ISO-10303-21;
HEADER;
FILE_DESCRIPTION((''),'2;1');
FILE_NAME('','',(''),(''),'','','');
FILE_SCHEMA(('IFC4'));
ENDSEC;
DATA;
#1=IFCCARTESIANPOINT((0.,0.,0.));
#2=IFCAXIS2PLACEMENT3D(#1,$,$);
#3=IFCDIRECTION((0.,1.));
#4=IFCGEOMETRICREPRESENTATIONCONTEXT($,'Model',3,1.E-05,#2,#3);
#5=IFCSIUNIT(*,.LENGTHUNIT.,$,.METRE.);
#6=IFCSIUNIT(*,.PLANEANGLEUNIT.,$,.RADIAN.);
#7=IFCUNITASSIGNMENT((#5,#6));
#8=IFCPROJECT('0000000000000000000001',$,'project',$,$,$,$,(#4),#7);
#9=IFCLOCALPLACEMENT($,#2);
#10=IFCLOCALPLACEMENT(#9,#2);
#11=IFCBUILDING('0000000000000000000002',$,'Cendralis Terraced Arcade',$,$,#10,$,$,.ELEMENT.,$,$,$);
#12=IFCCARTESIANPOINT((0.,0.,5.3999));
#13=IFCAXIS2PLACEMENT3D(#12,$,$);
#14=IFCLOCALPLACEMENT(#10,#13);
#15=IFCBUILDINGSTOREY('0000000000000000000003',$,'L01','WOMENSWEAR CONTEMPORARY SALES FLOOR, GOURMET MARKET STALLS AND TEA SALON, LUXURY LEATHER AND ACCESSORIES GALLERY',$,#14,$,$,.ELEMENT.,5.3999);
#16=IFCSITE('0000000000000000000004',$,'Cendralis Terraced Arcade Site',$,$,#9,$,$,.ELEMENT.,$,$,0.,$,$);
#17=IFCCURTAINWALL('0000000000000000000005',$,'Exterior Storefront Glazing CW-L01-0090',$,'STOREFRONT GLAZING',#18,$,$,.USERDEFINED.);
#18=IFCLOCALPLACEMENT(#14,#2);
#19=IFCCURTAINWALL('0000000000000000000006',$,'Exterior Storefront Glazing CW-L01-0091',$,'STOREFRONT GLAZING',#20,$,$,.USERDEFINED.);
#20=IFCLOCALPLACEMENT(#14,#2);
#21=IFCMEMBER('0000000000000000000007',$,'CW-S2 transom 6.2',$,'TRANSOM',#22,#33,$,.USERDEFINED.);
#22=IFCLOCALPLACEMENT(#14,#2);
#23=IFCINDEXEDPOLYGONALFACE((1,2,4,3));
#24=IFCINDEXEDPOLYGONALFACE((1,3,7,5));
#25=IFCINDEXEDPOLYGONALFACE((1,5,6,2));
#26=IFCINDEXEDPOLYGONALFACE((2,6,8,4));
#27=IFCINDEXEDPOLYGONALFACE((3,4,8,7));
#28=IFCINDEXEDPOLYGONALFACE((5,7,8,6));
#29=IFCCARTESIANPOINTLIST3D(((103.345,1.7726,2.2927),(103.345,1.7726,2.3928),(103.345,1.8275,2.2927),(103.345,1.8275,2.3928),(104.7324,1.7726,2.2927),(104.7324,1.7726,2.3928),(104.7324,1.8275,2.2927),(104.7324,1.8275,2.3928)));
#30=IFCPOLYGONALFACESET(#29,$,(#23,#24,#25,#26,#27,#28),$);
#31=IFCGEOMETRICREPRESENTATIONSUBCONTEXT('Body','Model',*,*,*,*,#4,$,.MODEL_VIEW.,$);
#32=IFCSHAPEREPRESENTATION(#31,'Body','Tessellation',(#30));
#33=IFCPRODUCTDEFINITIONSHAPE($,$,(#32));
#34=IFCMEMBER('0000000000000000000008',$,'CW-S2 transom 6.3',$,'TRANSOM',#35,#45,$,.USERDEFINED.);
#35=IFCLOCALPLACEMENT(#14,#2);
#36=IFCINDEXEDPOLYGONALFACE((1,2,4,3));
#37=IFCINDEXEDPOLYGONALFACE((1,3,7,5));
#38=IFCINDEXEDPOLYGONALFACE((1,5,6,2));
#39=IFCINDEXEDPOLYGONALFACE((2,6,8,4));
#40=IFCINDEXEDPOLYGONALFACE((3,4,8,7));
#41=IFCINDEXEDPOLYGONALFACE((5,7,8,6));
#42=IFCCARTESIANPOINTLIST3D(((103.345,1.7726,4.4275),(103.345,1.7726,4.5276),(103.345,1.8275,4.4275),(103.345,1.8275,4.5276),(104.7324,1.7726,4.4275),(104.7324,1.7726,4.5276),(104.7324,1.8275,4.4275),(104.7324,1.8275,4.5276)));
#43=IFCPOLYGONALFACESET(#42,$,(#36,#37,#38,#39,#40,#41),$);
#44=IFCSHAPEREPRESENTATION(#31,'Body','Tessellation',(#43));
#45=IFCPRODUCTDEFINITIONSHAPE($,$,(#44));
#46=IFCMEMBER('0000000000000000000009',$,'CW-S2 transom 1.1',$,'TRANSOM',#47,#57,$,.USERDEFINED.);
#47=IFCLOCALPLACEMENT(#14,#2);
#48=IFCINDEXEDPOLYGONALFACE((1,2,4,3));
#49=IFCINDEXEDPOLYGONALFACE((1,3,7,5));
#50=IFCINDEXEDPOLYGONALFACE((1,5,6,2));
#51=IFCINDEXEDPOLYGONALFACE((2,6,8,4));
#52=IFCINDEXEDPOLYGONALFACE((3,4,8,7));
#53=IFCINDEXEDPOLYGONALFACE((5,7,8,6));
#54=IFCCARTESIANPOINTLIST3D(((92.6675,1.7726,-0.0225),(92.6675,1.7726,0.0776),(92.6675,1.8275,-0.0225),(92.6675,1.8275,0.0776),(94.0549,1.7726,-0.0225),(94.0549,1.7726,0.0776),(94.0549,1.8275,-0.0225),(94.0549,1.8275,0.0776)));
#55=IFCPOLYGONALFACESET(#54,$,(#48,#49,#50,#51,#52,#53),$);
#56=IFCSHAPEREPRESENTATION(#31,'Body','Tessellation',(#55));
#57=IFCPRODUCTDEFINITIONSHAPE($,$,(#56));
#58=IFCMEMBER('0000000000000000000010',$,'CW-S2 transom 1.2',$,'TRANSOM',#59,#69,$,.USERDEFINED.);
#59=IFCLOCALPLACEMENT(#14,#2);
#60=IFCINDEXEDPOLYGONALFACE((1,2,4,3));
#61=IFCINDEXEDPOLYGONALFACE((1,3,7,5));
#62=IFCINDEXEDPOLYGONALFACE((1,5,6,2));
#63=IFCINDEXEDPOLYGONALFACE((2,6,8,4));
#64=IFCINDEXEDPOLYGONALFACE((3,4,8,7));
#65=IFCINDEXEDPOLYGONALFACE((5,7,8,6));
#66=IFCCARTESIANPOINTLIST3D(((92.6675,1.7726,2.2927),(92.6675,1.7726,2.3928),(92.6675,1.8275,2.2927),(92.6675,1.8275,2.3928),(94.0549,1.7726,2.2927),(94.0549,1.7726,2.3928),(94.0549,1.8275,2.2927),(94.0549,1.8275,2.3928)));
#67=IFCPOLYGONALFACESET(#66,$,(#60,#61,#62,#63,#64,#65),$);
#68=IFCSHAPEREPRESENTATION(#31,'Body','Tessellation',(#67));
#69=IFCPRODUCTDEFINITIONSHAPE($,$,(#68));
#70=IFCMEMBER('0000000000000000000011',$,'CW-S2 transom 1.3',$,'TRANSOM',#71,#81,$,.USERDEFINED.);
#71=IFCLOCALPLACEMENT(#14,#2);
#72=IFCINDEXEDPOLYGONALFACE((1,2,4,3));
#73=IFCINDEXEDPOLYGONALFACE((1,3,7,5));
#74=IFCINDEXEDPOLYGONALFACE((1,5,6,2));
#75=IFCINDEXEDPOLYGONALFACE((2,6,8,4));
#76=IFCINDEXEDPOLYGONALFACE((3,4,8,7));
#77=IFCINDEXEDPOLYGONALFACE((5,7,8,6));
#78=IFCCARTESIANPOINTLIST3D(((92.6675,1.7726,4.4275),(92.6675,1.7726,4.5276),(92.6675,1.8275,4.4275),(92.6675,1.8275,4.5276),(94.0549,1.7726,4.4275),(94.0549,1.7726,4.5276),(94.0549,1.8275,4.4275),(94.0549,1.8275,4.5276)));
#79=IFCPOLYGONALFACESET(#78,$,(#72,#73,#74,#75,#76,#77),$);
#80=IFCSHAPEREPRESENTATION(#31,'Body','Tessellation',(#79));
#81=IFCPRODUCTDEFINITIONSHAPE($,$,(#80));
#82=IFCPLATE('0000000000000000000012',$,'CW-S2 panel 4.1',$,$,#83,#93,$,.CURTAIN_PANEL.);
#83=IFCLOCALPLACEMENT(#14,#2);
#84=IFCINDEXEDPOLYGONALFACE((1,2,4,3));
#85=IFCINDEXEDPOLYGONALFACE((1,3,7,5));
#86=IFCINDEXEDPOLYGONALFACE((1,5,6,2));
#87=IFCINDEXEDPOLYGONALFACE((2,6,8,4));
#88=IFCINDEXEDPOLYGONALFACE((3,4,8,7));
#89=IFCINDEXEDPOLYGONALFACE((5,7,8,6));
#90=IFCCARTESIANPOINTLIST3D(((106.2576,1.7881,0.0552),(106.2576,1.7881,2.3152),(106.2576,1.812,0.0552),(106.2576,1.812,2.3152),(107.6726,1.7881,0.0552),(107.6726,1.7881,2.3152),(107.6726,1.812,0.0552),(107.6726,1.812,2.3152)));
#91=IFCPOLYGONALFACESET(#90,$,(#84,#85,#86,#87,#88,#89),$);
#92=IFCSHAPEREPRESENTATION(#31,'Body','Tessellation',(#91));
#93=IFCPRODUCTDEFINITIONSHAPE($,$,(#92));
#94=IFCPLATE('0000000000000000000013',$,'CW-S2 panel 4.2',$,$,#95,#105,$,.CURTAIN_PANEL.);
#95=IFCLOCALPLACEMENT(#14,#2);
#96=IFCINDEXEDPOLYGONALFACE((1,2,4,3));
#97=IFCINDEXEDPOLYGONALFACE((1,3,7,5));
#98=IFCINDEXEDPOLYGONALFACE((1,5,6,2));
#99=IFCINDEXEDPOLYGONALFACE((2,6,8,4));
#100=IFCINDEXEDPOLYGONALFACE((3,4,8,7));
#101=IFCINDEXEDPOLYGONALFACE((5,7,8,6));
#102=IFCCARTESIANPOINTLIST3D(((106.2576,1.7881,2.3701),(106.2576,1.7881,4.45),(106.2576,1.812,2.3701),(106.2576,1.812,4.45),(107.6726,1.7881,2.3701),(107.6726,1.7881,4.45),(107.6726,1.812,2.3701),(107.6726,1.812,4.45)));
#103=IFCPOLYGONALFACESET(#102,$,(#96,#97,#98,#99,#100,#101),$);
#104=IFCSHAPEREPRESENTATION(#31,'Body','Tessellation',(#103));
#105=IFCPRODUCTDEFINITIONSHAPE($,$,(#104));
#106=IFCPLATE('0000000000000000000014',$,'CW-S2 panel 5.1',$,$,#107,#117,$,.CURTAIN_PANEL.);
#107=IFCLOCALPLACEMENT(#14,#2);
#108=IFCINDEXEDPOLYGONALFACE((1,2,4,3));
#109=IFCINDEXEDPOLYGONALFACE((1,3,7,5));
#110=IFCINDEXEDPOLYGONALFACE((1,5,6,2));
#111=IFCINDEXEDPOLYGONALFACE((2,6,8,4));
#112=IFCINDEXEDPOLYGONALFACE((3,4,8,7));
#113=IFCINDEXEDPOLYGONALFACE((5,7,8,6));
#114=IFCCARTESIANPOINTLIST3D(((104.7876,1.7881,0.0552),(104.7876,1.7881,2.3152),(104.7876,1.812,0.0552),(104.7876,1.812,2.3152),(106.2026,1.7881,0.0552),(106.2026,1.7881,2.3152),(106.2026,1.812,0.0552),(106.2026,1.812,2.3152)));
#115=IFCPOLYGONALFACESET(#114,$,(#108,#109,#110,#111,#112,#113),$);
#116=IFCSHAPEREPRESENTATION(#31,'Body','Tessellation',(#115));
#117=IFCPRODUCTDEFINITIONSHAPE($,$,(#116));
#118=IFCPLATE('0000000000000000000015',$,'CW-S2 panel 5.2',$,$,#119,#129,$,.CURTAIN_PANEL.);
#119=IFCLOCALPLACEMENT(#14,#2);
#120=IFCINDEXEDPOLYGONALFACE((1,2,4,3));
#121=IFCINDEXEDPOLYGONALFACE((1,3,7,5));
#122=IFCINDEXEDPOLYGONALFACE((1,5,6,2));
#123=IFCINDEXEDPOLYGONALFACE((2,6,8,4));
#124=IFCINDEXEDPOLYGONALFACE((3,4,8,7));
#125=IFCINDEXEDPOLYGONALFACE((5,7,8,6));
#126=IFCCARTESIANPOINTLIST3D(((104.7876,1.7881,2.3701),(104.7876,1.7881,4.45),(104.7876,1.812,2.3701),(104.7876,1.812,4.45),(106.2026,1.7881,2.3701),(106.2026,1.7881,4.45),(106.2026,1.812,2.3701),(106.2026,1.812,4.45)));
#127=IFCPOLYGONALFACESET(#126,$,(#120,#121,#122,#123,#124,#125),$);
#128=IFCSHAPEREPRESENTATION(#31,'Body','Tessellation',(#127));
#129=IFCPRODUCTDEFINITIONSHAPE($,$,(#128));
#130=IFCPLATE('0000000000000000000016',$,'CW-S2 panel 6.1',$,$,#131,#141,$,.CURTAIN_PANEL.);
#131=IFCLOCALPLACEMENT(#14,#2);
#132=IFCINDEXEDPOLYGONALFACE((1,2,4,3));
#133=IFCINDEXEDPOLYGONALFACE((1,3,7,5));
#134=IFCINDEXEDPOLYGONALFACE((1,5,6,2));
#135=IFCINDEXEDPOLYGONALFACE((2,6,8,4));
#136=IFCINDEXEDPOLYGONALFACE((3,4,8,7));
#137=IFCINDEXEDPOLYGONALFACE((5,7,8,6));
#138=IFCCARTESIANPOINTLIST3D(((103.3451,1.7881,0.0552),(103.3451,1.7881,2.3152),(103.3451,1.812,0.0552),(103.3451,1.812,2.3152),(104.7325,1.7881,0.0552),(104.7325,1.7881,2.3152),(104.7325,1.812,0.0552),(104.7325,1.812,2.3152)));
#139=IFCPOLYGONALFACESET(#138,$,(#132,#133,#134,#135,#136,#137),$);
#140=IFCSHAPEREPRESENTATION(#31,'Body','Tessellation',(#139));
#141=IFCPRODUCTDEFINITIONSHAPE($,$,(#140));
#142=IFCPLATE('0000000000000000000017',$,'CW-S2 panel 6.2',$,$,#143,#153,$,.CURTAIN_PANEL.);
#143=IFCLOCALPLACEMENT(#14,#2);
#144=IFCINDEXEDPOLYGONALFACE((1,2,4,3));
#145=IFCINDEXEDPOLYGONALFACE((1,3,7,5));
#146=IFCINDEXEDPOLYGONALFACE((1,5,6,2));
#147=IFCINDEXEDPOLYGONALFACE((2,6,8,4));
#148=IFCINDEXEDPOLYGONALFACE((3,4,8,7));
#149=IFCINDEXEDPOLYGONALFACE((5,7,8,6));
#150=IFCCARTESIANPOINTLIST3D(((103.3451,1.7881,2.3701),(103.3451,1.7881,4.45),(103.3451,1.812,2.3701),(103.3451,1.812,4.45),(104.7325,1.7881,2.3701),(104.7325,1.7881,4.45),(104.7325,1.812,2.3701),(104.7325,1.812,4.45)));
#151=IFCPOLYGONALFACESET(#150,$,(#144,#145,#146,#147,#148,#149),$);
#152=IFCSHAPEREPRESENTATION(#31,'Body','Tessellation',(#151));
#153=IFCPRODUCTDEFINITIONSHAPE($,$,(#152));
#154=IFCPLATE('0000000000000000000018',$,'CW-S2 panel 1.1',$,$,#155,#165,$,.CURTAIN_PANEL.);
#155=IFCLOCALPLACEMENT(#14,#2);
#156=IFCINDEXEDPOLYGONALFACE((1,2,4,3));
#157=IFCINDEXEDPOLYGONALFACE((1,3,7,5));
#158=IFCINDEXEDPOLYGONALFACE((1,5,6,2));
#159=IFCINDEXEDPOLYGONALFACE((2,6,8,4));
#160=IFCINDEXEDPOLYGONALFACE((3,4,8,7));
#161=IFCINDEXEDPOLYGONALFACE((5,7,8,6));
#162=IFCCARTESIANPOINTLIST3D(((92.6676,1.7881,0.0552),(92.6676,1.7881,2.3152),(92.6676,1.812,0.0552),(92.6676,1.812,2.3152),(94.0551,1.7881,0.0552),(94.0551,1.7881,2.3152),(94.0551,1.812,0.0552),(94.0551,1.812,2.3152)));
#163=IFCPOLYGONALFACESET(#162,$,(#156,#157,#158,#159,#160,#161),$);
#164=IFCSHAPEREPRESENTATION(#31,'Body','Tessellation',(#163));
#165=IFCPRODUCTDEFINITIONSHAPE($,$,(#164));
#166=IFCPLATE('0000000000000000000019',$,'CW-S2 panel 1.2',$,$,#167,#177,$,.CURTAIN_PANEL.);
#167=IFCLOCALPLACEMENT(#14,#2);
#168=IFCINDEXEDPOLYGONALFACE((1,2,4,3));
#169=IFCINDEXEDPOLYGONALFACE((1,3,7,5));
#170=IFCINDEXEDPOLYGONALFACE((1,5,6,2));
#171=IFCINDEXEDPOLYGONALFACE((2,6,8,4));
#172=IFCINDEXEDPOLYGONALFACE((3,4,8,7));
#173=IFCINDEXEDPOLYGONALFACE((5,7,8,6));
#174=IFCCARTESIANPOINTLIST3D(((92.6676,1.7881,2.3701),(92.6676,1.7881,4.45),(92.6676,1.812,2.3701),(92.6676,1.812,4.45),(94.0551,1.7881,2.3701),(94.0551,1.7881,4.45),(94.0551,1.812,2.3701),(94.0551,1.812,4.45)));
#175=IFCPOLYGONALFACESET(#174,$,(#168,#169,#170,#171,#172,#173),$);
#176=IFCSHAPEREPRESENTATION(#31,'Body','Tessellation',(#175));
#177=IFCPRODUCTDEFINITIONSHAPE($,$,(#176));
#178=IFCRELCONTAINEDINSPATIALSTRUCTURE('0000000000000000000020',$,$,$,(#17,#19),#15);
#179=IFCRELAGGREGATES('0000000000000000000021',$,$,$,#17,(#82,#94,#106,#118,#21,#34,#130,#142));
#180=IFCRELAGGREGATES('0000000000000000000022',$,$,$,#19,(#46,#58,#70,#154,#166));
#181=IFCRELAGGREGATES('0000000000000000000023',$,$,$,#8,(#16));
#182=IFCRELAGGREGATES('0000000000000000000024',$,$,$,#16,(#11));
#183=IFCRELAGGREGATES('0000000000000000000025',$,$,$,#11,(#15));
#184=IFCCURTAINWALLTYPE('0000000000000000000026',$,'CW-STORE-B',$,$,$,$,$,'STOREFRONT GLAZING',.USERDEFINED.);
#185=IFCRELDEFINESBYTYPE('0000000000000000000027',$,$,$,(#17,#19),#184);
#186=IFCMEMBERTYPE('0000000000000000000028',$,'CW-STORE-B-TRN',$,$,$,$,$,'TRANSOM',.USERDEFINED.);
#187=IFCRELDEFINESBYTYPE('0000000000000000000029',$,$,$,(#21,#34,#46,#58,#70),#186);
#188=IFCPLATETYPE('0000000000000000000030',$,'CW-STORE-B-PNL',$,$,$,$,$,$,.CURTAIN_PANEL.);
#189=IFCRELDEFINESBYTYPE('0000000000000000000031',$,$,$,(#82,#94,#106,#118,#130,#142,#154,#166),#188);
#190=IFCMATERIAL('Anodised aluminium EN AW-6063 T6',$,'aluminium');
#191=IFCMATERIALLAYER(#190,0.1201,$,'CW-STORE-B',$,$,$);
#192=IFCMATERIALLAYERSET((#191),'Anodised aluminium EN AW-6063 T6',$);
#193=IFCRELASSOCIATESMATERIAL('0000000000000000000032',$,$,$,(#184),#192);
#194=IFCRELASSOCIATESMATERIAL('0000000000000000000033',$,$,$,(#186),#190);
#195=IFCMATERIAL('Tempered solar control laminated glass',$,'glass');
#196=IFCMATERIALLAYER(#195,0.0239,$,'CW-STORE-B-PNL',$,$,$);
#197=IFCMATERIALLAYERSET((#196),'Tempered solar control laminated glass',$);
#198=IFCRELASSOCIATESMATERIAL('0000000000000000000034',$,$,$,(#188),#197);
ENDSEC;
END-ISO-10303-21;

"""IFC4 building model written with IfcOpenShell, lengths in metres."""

from ifc_helpers import new_model, si_unit, direction, frame, origin, origin_2d, place, context, subcontext, project, spatial, rectangle, extrude, material, layer, layer_set, material_profile, profile_set, type_object, element, aggregate, save


model = new_model("IFC4")

# Units and contexts
model_context = context("Model", 3, precision=1e-05, world=origin(), true_north=direction((0.0, 1.0)))
body_context = subcontext(model_context, "Body", "Model", "MODEL_VIEW")
ifc_project = project(units=[si_unit("LENGTHUNIT", "METRE"), si_unit("PLANEANGLEUNIT", "RADIAN")], contexts=[model_context])

# Site, building, storey
site_placement = place(None, origin())
site = spatial("IfcSite", under=ifc_project, at=site_placement, Name="Cendralis Terraced Arcade Site", CompositionType="ELEMENT", RefElevation=0.0)
building_placement = place(site_placement, origin())
building = spatial("IfcBuilding", under=site, at=building_placement, Name="Cendralis Terraced Arcade", CompositionType="ELEMENT")
storey_placement = place(building_placement, frame((0.0, 0.0, 5.3999)))
storey = spatial("IfcBuildingStorey", under=building, at=storey_placement, Name="L01", Description="WOMENSWEAR CONTEMPORARY SALES FLOOR, GOURMET MARKET STALLS AND TEA SALON, LUXURY LEATHER AND ACCESSORIES GALLERY", CompositionType="ELEMENT", Elevation=5.3999)

# Curtain walls
ifc_material_1 = material(Name="Anodised aluminium EN AW-6063 T6", Category="aluminium")
ifc_layer_1 = layer(ifc_material_1, 0.1201, Name="CW-STORE-B")
ifc_layer_set_1 = layer_set([ifc_layer_1], Name="Anodised aluminium EN AW-6063 T6")
curtain_wall_type = type_object("IfcCurtainWallType", Name="CW-STORE-B", ElementType="STOREFRONT GLAZING", PredefinedType="USERDEFINED", material=ifc_layer_set_1)
curtain_wall_1_placement = place(storey_placement, origin())
curtain_wall_1 = element("IfcCurtainWall", 1, at=curtain_wall_1_placement, inside=storey, type_object=curtain_wall_type, Name="Exterior Storefront Glazing CW-L01-0090", ObjectType="STOREFRONT GLAZING", PredefinedType="USERDEFINED")
curtain_wall_2_placement = place(storey_placement, origin())
curtain_wall_2 = element("IfcCurtainWall", 2, at=curtain_wall_2_placement, inside=storey, type_object=curtain_wall_type, Name="Exterior Storefront Glazing CW-L01-0091", ObjectType="STOREFRONT GLAZING", PredefinedType="USERDEFINED")

# Members
ifc_material_profile_1 = material_profile(ifc_material_1, rectangle(XDim=0.0549, YDim=0.1001, at=origin_2d()), Name="ALU-TRN-55x100")
ifc_profile_set_1 = profile_set([ifc_material_profile_1], Name="Anodised aluminium EN AW-6063 T6")
member_type_1 = type_object("IfcMemberType", Name="CW-STORE-B-TRN", ElementType="TRANSOM", PredefinedType="USERDEFINED", material=ifc_profile_set_1)
member_1_placement = place(storey_placement, frame((104.7324, 1.8, 2.3428), z_axis=(-1.0, 0.0, 0.0), x_axis=(0.0, -1.0, 0.0)))
member_1 = element("IfcMember", 3, at=member_1_placement, type_object=member_type_1, Name="CW-S2 transom 6.2", ObjectType="TRANSOM", PredefinedType="USERDEFINED", context=body_context, shape_type="SweptSolid", body=[
    extrude(rectangle(XDim=0.0549, YDim=0.1001, at=origin_2d()), origin(), (0.0, 0.0, 1.0), 1.3875),
])
member_2_placement = place(storey_placement, frame((104.7324, 1.8, 4.4775), z_axis=(-1.0, 0.0, 0.0), x_axis=(0.0, -1.0, 0.0)))
member_2 = element("IfcMember", 4, at=member_2_placement, type_object=member_type_1, Name="CW-S2 transom 6.3", ObjectType="TRANSOM", PredefinedType="USERDEFINED", context=body_context, shape_type="SweptSolid", body=[
    extrude(rectangle(XDim=0.0549, YDim=0.1001, at=origin_2d()), origin(), (0.0, 0.0, 1.0), 1.3875),
])
member_3_placement = place(storey_placement, frame((94.0549, 1.8, 0.0276), z_axis=(-1.0, 0.0, 0.0), x_axis=(0.0, -1.0, 0.0)))
member_3 = element("IfcMember", 5, at=member_3_placement, type_object=member_type_1, Name="CW-S2 transom 1.1", ObjectType="TRANSOM", PredefinedType="USERDEFINED", context=body_context, shape_type="SweptSolid", body=[
    extrude(rectangle(XDim=0.0549, YDim=0.1001, at=origin_2d()), origin(), (0.0, 0.0, 1.0), 1.3875),
])
member_4_placement = place(storey_placement, frame((94.0549, 1.8, 2.3428), z_axis=(-1.0, 0.0, 0.0), x_axis=(0.0, -1.0, 0.0)))
member_4 = element("IfcMember", 6, at=member_4_placement, type_object=member_type_1, Name="CW-S2 transom 1.2", ObjectType="TRANSOM", PredefinedType="USERDEFINED", context=body_context, shape_type="SweptSolid", body=[
    extrude(rectangle(XDim=0.0549, YDim=0.1001, at=origin_2d()), origin(), (0.0, 0.0, 1.0), 1.3875),
])
member_5_placement = place(storey_placement, frame((94.0549, 1.8, 4.4775), z_axis=(-1.0, 0.0, 0.0), x_axis=(0.0, -1.0, 0.0)))
member_5 = element("IfcMember", 7, at=member_5_placement, type_object=member_type_1, Name="CW-S2 transom 1.3", ObjectType="TRANSOM", PredefinedType="USERDEFINED", context=body_context, shape_type="SweptSolid", body=[
    extrude(rectangle(XDim=0.0549, YDim=0.1001, at=origin_2d()), origin(), (0.0, 0.0, 1.0), 1.3875),
])

# Plates
ifc_material_2 = material(Name="Tempered solar control laminated glass", Category="glass")
ifc_layer_2 = layer(ifc_material_2, 0.0239, Name="CW-STORE-B-PNL")
ifc_layer_set_2 = layer_set([ifc_layer_2], Name="Tempered solar control laminated glass")
plate_type = type_object("IfcPlateType", Name="CW-STORE-B-PNL", PredefinedType="CURTAIN_PANEL", material=ifc_layer_set_2)
plate_1_placement = place(storey_placement, frame((106.9651, 1.8, 0.0552), z_axis=(0.0, 0.0, 1.0), x_axis=(-1.0, 0.0, 0.0)))
plate_1 = element("IfcPlate", 8, at=plate_1_placement, type_object=plate_type, Name="CW-S2 panel 4.1", PredefinedType="CURTAIN_PANEL", context=body_context, shape_type="SweptSolid", body=[
    extrude(rectangle(XDim=1.415, YDim=0.0239, at=origin_2d()), origin(), (0.0, 0.0, 1.0), 2.26),
])
plate_2_placement = place(storey_placement, frame((106.9651, 1.8, 2.3701), z_axis=(0.0, 0.0, 1.0), x_axis=(-1.0, 0.0, 0.0)))
plate_2 = element("IfcPlate", 9, at=plate_2_placement, type_object=plate_type, Name="CW-S2 panel 4.2", PredefinedType="CURTAIN_PANEL", context=body_context, shape_type="SweptSolid", body=[
    extrude(rectangle(XDim=1.415, YDim=0.0239, at=origin_2d()), origin(), (0.0, 0.0, 1.0), 2.0798),
])
plate_3_placement = place(storey_placement, frame((105.4951, 1.8, 0.0552), z_axis=(0.0, 0.0, 1.0), x_axis=(-1.0, 0.0, 0.0)))
plate_3 = element("IfcPlate", 10, at=plate_3_placement, type_object=plate_type, Name="CW-S2 panel 5.1", PredefinedType="CURTAIN_PANEL", context=body_context, shape_type="SweptSolid", body=[
    extrude(rectangle(XDim=1.415, YDim=0.0239, at=origin_2d()), origin(), (0.0, 0.0, 1.0), 2.26),
])
plate_4_placement = place(storey_placement, frame((105.4951, 1.8, 2.3701), z_axis=(0.0, 0.0, 1.0), x_axis=(-1.0, 0.0, 0.0)))
plate_4 = element("IfcPlate", 11, at=plate_4_placement, type_object=plate_type, Name="CW-S2 panel 5.2", PredefinedType="CURTAIN_PANEL", context=body_context, shape_type="SweptSolid", body=[
    extrude(rectangle(XDim=1.415, YDim=0.0239, at=origin_2d()), origin(), (0.0, 0.0, 1.0), 2.0798),
])
plate_5_placement = place(storey_placement, frame((104.0388, 1.8, 0.0552), z_axis=(0.0, 0.0, 1.0), x_axis=(-1.0, 0.0, 0.0)))
plate_5 = element("IfcPlate", 12, at=plate_5_placement, type_object=plate_type, Name="CW-S2 panel 6.1", PredefinedType="CURTAIN_PANEL", context=body_context, shape_type="SweptSolid", body=[
    extrude(rectangle(XDim=1.3875, YDim=0.0239, at=origin_2d()), origin(), (0.0, 0.0, 1.0), 2.26),
])
plate_6_placement = place(storey_placement, frame((104.0388, 1.8, 2.3701), z_axis=(0.0, 0.0, 1.0), x_axis=(-1.0, 0.0, 0.0)))
plate_6 = element("IfcPlate", 13, at=plate_6_placement, type_object=plate_type, Name="CW-S2 panel 6.2", PredefinedType="CURTAIN_PANEL", context=body_context, shape_type="SweptSolid", body=[
    extrude(rectangle(XDim=1.3875, YDim=0.0239, at=origin_2d()), origin(), (0.0, 0.0, 1.0), 2.0798),
])
aggregate(curtain_wall_1, [plate_1, plate_2, plate_3, plate_4, member_1, member_2, plate_5, plate_6])
plate_7_placement = place(storey_placement, frame((93.3613, 1.8, 0.0552), z_axis=(0.0, 0.0, 1.0), x_axis=(-1.0, 0.0, 0.0)))
plate_7 = element("IfcPlate", 14, at=plate_7_placement, type_object=plate_type, Name="CW-S2 panel 1.1", PredefinedType="CURTAIN_PANEL", context=body_context, shape_type="SweptSolid", body=[
    extrude(rectangle(XDim=1.3875, YDim=0.0239, at=origin_2d()), origin(), (0.0, 0.0, 1.0), 2.26),
])
plate_8_placement = place(storey_placement, frame((93.3613, 1.8, 2.3701), z_axis=(0.0, 0.0, 1.0), x_axis=(-1.0, 0.0, 0.0)))
plate_8 = element("IfcPlate", 15, at=plate_8_placement, type_object=plate_type, Name="CW-S2 panel 1.2", PredefinedType="CURTAIN_PANEL", context=body_context, shape_type="SweptSolid", body=[
    extrude(rectangle(XDim=1.3875, YDim=0.0239, at=origin_2d()), origin(), (0.0, 0.0, 1.0), 2.0798),
])
aggregate(curtain_wall_2, [member_3, member_4, member_5, plate_7, plate_8])

save(model, "model.ifc")
